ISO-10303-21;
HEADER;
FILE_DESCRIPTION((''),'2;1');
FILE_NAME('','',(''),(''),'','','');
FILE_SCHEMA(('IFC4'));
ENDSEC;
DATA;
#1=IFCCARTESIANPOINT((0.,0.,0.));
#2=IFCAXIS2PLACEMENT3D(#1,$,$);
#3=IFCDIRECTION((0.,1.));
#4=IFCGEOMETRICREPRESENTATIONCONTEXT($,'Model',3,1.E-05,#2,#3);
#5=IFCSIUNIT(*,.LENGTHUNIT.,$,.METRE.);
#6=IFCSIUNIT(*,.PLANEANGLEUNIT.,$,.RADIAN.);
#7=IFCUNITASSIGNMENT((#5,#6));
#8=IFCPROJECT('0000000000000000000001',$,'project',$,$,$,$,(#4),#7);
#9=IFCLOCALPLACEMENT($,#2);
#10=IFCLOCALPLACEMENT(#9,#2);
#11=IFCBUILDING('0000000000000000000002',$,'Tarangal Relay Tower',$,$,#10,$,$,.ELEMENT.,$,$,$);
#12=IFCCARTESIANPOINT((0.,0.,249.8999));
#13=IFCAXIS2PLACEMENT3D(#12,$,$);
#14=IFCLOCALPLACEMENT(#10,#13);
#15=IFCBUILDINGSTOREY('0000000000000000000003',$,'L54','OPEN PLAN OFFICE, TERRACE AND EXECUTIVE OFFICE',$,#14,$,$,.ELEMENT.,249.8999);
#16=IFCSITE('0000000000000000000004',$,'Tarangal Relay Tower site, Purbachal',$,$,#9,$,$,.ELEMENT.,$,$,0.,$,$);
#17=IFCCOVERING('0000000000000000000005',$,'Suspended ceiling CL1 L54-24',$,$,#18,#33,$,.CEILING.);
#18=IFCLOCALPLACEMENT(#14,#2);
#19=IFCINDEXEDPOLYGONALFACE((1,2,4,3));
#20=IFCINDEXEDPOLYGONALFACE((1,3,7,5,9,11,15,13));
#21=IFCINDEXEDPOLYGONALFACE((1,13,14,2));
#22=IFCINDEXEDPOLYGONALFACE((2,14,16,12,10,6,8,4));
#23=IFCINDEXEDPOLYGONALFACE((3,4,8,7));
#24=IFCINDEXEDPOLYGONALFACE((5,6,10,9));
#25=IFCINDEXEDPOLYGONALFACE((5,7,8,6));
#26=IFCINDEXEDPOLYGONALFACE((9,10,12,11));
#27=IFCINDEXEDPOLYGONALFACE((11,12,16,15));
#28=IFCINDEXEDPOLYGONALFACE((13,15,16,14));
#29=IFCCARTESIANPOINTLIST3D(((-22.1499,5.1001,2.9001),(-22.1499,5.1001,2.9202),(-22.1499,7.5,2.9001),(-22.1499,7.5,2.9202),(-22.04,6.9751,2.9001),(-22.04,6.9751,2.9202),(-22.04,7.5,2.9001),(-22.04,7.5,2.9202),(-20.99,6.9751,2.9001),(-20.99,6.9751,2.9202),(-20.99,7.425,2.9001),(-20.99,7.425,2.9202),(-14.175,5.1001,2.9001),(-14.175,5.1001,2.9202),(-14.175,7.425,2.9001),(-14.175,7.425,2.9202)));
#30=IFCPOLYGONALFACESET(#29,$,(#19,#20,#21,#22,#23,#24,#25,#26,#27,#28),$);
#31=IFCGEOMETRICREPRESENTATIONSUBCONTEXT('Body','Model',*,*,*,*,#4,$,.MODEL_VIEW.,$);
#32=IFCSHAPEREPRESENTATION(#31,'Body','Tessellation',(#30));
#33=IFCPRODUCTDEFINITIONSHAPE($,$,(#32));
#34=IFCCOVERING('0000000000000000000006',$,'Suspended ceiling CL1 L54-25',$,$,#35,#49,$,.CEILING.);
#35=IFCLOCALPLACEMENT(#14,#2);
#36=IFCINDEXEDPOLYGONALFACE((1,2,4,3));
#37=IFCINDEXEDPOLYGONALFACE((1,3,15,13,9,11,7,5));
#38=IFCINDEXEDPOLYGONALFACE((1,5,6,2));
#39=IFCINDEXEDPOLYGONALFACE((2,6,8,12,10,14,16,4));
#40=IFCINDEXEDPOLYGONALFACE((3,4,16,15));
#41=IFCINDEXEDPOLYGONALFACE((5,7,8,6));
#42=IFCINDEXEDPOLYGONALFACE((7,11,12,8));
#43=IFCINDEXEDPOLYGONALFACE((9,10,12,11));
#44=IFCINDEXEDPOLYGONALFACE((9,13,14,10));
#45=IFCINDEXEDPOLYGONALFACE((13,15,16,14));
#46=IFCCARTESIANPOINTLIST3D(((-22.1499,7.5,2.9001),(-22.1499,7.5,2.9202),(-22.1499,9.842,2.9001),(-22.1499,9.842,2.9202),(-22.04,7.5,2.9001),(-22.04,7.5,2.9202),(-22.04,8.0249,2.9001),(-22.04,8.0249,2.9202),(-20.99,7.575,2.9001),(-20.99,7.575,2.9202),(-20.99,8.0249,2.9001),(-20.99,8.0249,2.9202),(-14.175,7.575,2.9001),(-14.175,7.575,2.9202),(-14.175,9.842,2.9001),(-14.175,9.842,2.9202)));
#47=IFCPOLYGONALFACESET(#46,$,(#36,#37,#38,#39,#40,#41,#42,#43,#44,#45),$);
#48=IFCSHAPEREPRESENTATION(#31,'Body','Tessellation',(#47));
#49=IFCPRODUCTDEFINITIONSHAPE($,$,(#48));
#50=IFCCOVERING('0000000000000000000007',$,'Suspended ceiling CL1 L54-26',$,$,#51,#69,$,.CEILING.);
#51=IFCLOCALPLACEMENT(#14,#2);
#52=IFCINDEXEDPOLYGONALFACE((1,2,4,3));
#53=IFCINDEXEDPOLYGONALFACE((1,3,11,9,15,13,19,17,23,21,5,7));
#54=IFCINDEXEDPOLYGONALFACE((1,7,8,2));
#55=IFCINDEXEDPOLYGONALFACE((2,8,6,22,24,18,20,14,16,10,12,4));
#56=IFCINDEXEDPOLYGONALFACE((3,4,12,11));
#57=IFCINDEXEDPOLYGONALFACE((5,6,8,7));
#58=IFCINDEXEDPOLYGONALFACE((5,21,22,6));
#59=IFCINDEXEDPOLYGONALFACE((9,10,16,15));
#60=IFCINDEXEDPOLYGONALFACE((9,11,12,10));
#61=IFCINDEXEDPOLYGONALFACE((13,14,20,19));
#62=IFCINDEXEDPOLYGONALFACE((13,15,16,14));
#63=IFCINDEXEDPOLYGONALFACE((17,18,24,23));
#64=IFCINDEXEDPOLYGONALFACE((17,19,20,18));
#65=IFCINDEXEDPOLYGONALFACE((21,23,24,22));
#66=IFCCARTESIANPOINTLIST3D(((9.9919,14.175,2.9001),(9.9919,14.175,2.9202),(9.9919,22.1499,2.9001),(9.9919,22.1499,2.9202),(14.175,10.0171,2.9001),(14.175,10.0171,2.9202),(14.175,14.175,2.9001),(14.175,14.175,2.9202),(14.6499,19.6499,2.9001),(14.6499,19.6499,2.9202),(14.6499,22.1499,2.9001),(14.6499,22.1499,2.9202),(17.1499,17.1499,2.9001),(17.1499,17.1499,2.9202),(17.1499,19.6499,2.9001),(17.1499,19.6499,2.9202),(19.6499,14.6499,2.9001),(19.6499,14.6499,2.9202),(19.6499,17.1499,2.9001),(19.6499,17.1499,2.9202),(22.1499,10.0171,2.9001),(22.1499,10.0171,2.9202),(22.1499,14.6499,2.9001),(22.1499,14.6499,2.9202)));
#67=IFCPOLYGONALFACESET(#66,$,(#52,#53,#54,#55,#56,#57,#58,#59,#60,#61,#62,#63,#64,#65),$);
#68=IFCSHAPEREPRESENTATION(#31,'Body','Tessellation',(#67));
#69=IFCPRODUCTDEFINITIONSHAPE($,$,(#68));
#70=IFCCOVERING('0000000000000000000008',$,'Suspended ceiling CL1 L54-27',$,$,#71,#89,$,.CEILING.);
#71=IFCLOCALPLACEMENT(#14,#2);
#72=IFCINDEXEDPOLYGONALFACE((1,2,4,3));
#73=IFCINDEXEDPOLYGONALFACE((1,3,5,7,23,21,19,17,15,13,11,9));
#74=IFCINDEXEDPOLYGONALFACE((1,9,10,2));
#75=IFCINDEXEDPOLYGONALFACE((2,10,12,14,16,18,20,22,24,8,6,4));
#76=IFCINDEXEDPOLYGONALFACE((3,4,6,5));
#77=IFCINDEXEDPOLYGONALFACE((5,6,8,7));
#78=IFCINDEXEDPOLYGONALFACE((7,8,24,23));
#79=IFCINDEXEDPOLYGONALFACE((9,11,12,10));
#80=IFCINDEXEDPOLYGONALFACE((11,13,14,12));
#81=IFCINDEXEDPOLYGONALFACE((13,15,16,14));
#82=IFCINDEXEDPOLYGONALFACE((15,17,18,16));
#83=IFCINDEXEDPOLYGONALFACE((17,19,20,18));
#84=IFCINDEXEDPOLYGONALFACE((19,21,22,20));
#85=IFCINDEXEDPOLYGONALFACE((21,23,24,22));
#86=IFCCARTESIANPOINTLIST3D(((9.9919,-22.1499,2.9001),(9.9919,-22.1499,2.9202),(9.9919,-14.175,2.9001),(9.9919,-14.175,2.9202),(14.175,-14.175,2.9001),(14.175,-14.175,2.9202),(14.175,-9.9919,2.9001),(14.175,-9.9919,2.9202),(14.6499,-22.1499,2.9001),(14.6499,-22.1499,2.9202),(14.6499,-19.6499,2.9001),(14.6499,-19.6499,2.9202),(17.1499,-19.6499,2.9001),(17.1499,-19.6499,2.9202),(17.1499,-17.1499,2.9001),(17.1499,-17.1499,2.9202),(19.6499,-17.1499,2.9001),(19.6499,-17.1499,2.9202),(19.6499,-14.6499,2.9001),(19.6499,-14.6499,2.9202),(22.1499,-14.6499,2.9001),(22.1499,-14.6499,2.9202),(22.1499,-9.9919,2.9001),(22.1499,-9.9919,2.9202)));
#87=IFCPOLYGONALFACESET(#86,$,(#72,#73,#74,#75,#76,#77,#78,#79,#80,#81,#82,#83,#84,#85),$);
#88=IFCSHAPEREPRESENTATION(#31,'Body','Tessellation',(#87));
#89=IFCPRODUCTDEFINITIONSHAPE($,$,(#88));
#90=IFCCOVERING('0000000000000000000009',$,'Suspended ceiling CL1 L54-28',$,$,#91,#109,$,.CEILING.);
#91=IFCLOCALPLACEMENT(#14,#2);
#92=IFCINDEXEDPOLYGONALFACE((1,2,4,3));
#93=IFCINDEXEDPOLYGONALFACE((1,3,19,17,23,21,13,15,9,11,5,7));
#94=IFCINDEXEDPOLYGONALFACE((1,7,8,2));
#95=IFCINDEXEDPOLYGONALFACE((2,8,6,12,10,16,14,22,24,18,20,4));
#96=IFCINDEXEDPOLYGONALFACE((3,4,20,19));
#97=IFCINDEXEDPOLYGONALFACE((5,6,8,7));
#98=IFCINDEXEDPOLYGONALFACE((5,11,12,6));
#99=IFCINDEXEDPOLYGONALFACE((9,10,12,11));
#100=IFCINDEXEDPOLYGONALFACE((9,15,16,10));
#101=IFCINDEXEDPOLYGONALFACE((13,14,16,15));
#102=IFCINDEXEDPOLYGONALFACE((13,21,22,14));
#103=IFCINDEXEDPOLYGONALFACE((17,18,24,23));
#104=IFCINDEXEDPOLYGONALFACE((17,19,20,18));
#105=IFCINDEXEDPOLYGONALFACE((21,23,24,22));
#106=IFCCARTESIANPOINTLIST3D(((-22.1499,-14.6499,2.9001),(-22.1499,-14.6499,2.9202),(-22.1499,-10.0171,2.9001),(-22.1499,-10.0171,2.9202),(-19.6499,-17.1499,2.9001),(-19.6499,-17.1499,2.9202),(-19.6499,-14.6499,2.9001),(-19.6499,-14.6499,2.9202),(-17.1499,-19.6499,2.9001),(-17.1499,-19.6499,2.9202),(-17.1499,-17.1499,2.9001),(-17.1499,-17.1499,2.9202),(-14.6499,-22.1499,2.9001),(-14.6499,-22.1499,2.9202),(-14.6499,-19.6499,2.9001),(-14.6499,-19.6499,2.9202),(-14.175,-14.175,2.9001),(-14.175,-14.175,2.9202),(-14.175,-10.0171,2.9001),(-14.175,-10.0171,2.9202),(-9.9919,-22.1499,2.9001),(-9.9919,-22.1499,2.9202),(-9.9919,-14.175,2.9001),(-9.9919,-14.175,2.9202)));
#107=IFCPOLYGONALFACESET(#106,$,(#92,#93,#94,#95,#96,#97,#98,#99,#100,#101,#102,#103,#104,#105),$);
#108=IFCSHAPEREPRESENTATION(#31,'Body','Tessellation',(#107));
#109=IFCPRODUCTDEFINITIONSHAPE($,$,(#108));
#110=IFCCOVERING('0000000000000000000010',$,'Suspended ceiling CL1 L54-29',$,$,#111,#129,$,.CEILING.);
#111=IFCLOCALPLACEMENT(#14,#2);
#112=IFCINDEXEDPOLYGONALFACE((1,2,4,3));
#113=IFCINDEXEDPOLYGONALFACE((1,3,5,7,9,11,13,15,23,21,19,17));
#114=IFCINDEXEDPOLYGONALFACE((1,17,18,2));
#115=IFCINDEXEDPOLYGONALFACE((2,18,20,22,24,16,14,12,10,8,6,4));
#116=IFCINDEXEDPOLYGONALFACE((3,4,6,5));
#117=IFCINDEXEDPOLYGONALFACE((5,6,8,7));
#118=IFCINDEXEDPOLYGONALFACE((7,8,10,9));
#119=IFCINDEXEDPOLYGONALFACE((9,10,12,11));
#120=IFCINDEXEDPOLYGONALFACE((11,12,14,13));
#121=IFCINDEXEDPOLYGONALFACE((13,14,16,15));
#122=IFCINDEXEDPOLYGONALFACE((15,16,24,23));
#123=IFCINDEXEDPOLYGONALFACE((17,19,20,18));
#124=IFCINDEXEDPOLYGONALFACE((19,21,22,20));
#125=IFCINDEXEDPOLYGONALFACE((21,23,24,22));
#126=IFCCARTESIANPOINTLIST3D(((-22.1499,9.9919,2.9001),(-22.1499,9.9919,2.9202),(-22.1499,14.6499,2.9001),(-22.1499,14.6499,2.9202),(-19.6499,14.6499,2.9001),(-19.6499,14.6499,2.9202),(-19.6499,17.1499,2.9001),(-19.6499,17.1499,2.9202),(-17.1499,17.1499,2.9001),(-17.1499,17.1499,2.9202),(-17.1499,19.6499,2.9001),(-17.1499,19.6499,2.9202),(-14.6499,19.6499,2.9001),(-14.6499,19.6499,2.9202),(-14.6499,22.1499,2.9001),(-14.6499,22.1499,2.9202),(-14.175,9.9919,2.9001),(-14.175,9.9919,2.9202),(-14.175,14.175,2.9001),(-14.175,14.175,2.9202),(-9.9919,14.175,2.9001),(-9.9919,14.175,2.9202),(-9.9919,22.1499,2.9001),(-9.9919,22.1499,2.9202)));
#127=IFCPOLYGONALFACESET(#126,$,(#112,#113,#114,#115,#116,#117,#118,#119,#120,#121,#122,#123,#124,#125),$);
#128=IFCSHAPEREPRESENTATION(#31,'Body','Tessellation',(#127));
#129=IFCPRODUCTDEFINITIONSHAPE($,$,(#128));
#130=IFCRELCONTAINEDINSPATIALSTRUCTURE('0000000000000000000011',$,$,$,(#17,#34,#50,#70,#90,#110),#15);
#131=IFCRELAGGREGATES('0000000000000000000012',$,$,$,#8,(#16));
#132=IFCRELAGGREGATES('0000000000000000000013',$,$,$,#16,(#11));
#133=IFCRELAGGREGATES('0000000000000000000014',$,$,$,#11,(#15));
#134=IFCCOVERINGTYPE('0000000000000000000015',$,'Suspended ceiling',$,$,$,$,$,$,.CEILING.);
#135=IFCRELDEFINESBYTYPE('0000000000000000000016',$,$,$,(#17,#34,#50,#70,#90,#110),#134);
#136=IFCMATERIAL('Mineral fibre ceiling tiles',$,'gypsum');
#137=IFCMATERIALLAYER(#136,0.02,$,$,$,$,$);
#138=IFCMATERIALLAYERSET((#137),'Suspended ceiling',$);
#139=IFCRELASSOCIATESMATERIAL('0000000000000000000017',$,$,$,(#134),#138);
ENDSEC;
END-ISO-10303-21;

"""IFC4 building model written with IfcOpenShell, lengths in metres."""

from ifc_helpers import new_model, si_unit, direction, frame, origin, place, context, subcontext, project, spatial, polyline, outline, extrude, material, layer, layer_set, type_object, element, save


model = new_model("IFC4")

# Units and contexts
model_context = context("Model", 3, precision=1e-05, world=origin(), true_north=direction((0.0, 1.0)))
body_context = subcontext(model_context, "Body", "Model", "MODEL_VIEW")
ifc_project = project(units=[si_unit("LENGTHUNIT", "METRE"), si_unit("PLANEANGLEUNIT", "RADIAN")], contexts=[model_context])

# Site, building, storey
site_placement = place(None, origin())
site = spatial("IfcSite", under=ifc_project, at=site_placement, Name="Tarangal Relay Tower site, Purbachal", CompositionType="ELEMENT", RefElevation=0.0)
building_placement = place(site_placement, origin())
building = spatial("IfcBuilding", under=site, at=building_placement, Name="Tarangal Relay Tower", CompositionType="ELEMENT")
storey_placement = place(building_placement, frame((0.0, 0.0, 249.8999)))
storey = spatial("IfcBuildingStorey", under=building, at=storey_placement, Name="L54", Description="OPEN PLAN OFFICE, TERRACE AND EXECUTIVE OFFICE", CompositionType="ELEMENT", Elevation=249.8999)

# Coverings
ifc_material_1 = material(Name="Mineral fibre ceiling tiles", Category="gypsum")
ifc_layer_1 = layer(ifc_material_1, 0.02)
ifc_layer_set_1 = layer_set([ifc_layer_1], Name="Suspended ceiling")
covering_type = type_object("IfcCoveringType", Name="Suspended ceiling", PredefinedType="CEILING", material=ifc_layer_set_1)
covering_1_placement = place(storey_placement, frame((0.0, 0.0, 2.9001)))
element("IfcCovering", 1, at=covering_1_placement, inside=storey, type_object=covering_type, Name="Suspended ceiling CL1 L54-24", PredefinedType="CEILING", context=body_context, shape_type="SweptSolid", body=[
    extrude(outline(polyline([(-22.1499, 7.5), (-22.1499, 5.1001), (-14.175, 5.1001), (-14.175, 7.425), (-20.99, 7.425), (-20.99, 6.9751), (-22.04, 6.9751), (-22.04, 7.5), (-22.1499, 7.5)])), origin(), (0.0, 0.0, 1.0), 0.02),
])
covering_2_placement = place(storey_placement, frame((0.0, 0.0, 2.9001)))
element("IfcCovering", 2, at=covering_2_placement, inside=storey, type_object=covering_type, Name="Suspended ceiling CL1 L54-25", PredefinedType="CEILING", context=body_context, shape_type="SweptSolid", body=[
    extrude(outline(polyline([(-22.1499, 9.842), (-22.1499, 7.5), (-22.04, 7.5), (-22.04, 8.0249), (-20.99, 8.0249), (-20.99, 7.575), (-14.175, 7.575), (-14.175, 9.842), (-22.1499, 9.842)])), origin(), (0.0, 0.0, 1.0), 0.02),
])
covering_3_placement = place(storey_placement, frame((0.0, 0.0, 2.9001)))
element("IfcCovering", 3, at=covering_3_placement, inside=storey, type_object=covering_type, Name="Suspended ceiling CL1 L54-26", PredefinedType="CEILING", context=body_context, shape_type="SweptSolid", body=[
    extrude(outline(polyline([(14.6499, 22.1499), (9.9919, 22.1499), (9.9919, 14.175), (14.175, 14.175), (14.175, 10.0171), (22.1499, 10.0171), (22.1499, 14.6499), (19.6499, 14.6499), (19.6499, 17.1499), (17.1499, 17.1499), (17.1499, 19.6499), (14.6499, 19.6499), (14.6499, 22.1499)])), origin(), (0.0, 0.0, 1.0), 0.02),
])
covering_4_placement = place(storey_placement, frame((0.0, 0.0, 2.9001)))
element("IfcCovering", 4, at=covering_4_placement, inside=storey, type_object=covering_type, Name="Suspended ceiling CL1 L54-27", PredefinedType="CEILING", context=body_context, shape_type="SweptSolid", body=[
    extrude(outline(polyline([(22.1499, -14.6499), (22.1499, -9.9919), (14.175, -9.9919), (14.175, -14.175), (9.9919, -14.175), (9.9919, -22.1499), (14.6499, -22.1499), (14.6499, -19.6499), (17.1499, -19.6499), (17.1499, -17.1499), (19.6499, -17.1499), (19.6499, -14.6499), (22.1499, -14.6499)])), origin(), (0.0, 0.0, 1.0), 0.02),
])
covering_5_placement = place(storey_placement, frame((0.0, 0.0, 2.9001)))
element("IfcCovering", 5, at=covering_5_placement, inside=storey, type_object=covering_type, Name="Suspended ceiling CL1 L54-28", PredefinedType="CEILING", context=body_context, shape_type="SweptSolid", body=[
    extrude(outline(polyline([(-14.6499, -19.6499), (-14.6499, -22.1499), (-9.9919, -22.1499), (-9.9919, -14.175), (-14.175, -14.175), (-14.175, -10.0171), (-22.1499, -10.0171), (-22.1499, -14.6499), (-19.6499, -14.6499), (-19.6499, -17.1499), (-17.1499, -17.1499), (-17.1499, -19.6499), (-14.6499, -19.6499)])), origin(), (0.0, 0.0, 1.0), 0.02),
])
covering_6_placement = place(storey_placement, frame((0.0, 0.0, 2.9001)))
element("IfcCovering", 6, at=covering_6_placement, inside=storey, type_object=covering_type, Name="Suspended ceiling CL1 L54-29", PredefinedType="CEILING", context=body_context, shape_type="SweptSolid", body=[
    extrude(outline(polyline([(-19.6499, 14.6499), (-22.1499, 14.6499), (-22.1499, 9.9919), (-14.175, 9.9919), (-14.175, 14.175), (-9.9919, 14.175), (-9.9919, 22.1499), (-14.6499, 22.1499), (-14.6499, 19.6499), (-17.1499, 19.6499), (-17.1499, 17.1499), (-19.6499, 17.1499), (-19.6499, 14.6499)])), origin(), (0.0, 0.0, 1.0), 0.02),
])

save(model, "model.ifc")
